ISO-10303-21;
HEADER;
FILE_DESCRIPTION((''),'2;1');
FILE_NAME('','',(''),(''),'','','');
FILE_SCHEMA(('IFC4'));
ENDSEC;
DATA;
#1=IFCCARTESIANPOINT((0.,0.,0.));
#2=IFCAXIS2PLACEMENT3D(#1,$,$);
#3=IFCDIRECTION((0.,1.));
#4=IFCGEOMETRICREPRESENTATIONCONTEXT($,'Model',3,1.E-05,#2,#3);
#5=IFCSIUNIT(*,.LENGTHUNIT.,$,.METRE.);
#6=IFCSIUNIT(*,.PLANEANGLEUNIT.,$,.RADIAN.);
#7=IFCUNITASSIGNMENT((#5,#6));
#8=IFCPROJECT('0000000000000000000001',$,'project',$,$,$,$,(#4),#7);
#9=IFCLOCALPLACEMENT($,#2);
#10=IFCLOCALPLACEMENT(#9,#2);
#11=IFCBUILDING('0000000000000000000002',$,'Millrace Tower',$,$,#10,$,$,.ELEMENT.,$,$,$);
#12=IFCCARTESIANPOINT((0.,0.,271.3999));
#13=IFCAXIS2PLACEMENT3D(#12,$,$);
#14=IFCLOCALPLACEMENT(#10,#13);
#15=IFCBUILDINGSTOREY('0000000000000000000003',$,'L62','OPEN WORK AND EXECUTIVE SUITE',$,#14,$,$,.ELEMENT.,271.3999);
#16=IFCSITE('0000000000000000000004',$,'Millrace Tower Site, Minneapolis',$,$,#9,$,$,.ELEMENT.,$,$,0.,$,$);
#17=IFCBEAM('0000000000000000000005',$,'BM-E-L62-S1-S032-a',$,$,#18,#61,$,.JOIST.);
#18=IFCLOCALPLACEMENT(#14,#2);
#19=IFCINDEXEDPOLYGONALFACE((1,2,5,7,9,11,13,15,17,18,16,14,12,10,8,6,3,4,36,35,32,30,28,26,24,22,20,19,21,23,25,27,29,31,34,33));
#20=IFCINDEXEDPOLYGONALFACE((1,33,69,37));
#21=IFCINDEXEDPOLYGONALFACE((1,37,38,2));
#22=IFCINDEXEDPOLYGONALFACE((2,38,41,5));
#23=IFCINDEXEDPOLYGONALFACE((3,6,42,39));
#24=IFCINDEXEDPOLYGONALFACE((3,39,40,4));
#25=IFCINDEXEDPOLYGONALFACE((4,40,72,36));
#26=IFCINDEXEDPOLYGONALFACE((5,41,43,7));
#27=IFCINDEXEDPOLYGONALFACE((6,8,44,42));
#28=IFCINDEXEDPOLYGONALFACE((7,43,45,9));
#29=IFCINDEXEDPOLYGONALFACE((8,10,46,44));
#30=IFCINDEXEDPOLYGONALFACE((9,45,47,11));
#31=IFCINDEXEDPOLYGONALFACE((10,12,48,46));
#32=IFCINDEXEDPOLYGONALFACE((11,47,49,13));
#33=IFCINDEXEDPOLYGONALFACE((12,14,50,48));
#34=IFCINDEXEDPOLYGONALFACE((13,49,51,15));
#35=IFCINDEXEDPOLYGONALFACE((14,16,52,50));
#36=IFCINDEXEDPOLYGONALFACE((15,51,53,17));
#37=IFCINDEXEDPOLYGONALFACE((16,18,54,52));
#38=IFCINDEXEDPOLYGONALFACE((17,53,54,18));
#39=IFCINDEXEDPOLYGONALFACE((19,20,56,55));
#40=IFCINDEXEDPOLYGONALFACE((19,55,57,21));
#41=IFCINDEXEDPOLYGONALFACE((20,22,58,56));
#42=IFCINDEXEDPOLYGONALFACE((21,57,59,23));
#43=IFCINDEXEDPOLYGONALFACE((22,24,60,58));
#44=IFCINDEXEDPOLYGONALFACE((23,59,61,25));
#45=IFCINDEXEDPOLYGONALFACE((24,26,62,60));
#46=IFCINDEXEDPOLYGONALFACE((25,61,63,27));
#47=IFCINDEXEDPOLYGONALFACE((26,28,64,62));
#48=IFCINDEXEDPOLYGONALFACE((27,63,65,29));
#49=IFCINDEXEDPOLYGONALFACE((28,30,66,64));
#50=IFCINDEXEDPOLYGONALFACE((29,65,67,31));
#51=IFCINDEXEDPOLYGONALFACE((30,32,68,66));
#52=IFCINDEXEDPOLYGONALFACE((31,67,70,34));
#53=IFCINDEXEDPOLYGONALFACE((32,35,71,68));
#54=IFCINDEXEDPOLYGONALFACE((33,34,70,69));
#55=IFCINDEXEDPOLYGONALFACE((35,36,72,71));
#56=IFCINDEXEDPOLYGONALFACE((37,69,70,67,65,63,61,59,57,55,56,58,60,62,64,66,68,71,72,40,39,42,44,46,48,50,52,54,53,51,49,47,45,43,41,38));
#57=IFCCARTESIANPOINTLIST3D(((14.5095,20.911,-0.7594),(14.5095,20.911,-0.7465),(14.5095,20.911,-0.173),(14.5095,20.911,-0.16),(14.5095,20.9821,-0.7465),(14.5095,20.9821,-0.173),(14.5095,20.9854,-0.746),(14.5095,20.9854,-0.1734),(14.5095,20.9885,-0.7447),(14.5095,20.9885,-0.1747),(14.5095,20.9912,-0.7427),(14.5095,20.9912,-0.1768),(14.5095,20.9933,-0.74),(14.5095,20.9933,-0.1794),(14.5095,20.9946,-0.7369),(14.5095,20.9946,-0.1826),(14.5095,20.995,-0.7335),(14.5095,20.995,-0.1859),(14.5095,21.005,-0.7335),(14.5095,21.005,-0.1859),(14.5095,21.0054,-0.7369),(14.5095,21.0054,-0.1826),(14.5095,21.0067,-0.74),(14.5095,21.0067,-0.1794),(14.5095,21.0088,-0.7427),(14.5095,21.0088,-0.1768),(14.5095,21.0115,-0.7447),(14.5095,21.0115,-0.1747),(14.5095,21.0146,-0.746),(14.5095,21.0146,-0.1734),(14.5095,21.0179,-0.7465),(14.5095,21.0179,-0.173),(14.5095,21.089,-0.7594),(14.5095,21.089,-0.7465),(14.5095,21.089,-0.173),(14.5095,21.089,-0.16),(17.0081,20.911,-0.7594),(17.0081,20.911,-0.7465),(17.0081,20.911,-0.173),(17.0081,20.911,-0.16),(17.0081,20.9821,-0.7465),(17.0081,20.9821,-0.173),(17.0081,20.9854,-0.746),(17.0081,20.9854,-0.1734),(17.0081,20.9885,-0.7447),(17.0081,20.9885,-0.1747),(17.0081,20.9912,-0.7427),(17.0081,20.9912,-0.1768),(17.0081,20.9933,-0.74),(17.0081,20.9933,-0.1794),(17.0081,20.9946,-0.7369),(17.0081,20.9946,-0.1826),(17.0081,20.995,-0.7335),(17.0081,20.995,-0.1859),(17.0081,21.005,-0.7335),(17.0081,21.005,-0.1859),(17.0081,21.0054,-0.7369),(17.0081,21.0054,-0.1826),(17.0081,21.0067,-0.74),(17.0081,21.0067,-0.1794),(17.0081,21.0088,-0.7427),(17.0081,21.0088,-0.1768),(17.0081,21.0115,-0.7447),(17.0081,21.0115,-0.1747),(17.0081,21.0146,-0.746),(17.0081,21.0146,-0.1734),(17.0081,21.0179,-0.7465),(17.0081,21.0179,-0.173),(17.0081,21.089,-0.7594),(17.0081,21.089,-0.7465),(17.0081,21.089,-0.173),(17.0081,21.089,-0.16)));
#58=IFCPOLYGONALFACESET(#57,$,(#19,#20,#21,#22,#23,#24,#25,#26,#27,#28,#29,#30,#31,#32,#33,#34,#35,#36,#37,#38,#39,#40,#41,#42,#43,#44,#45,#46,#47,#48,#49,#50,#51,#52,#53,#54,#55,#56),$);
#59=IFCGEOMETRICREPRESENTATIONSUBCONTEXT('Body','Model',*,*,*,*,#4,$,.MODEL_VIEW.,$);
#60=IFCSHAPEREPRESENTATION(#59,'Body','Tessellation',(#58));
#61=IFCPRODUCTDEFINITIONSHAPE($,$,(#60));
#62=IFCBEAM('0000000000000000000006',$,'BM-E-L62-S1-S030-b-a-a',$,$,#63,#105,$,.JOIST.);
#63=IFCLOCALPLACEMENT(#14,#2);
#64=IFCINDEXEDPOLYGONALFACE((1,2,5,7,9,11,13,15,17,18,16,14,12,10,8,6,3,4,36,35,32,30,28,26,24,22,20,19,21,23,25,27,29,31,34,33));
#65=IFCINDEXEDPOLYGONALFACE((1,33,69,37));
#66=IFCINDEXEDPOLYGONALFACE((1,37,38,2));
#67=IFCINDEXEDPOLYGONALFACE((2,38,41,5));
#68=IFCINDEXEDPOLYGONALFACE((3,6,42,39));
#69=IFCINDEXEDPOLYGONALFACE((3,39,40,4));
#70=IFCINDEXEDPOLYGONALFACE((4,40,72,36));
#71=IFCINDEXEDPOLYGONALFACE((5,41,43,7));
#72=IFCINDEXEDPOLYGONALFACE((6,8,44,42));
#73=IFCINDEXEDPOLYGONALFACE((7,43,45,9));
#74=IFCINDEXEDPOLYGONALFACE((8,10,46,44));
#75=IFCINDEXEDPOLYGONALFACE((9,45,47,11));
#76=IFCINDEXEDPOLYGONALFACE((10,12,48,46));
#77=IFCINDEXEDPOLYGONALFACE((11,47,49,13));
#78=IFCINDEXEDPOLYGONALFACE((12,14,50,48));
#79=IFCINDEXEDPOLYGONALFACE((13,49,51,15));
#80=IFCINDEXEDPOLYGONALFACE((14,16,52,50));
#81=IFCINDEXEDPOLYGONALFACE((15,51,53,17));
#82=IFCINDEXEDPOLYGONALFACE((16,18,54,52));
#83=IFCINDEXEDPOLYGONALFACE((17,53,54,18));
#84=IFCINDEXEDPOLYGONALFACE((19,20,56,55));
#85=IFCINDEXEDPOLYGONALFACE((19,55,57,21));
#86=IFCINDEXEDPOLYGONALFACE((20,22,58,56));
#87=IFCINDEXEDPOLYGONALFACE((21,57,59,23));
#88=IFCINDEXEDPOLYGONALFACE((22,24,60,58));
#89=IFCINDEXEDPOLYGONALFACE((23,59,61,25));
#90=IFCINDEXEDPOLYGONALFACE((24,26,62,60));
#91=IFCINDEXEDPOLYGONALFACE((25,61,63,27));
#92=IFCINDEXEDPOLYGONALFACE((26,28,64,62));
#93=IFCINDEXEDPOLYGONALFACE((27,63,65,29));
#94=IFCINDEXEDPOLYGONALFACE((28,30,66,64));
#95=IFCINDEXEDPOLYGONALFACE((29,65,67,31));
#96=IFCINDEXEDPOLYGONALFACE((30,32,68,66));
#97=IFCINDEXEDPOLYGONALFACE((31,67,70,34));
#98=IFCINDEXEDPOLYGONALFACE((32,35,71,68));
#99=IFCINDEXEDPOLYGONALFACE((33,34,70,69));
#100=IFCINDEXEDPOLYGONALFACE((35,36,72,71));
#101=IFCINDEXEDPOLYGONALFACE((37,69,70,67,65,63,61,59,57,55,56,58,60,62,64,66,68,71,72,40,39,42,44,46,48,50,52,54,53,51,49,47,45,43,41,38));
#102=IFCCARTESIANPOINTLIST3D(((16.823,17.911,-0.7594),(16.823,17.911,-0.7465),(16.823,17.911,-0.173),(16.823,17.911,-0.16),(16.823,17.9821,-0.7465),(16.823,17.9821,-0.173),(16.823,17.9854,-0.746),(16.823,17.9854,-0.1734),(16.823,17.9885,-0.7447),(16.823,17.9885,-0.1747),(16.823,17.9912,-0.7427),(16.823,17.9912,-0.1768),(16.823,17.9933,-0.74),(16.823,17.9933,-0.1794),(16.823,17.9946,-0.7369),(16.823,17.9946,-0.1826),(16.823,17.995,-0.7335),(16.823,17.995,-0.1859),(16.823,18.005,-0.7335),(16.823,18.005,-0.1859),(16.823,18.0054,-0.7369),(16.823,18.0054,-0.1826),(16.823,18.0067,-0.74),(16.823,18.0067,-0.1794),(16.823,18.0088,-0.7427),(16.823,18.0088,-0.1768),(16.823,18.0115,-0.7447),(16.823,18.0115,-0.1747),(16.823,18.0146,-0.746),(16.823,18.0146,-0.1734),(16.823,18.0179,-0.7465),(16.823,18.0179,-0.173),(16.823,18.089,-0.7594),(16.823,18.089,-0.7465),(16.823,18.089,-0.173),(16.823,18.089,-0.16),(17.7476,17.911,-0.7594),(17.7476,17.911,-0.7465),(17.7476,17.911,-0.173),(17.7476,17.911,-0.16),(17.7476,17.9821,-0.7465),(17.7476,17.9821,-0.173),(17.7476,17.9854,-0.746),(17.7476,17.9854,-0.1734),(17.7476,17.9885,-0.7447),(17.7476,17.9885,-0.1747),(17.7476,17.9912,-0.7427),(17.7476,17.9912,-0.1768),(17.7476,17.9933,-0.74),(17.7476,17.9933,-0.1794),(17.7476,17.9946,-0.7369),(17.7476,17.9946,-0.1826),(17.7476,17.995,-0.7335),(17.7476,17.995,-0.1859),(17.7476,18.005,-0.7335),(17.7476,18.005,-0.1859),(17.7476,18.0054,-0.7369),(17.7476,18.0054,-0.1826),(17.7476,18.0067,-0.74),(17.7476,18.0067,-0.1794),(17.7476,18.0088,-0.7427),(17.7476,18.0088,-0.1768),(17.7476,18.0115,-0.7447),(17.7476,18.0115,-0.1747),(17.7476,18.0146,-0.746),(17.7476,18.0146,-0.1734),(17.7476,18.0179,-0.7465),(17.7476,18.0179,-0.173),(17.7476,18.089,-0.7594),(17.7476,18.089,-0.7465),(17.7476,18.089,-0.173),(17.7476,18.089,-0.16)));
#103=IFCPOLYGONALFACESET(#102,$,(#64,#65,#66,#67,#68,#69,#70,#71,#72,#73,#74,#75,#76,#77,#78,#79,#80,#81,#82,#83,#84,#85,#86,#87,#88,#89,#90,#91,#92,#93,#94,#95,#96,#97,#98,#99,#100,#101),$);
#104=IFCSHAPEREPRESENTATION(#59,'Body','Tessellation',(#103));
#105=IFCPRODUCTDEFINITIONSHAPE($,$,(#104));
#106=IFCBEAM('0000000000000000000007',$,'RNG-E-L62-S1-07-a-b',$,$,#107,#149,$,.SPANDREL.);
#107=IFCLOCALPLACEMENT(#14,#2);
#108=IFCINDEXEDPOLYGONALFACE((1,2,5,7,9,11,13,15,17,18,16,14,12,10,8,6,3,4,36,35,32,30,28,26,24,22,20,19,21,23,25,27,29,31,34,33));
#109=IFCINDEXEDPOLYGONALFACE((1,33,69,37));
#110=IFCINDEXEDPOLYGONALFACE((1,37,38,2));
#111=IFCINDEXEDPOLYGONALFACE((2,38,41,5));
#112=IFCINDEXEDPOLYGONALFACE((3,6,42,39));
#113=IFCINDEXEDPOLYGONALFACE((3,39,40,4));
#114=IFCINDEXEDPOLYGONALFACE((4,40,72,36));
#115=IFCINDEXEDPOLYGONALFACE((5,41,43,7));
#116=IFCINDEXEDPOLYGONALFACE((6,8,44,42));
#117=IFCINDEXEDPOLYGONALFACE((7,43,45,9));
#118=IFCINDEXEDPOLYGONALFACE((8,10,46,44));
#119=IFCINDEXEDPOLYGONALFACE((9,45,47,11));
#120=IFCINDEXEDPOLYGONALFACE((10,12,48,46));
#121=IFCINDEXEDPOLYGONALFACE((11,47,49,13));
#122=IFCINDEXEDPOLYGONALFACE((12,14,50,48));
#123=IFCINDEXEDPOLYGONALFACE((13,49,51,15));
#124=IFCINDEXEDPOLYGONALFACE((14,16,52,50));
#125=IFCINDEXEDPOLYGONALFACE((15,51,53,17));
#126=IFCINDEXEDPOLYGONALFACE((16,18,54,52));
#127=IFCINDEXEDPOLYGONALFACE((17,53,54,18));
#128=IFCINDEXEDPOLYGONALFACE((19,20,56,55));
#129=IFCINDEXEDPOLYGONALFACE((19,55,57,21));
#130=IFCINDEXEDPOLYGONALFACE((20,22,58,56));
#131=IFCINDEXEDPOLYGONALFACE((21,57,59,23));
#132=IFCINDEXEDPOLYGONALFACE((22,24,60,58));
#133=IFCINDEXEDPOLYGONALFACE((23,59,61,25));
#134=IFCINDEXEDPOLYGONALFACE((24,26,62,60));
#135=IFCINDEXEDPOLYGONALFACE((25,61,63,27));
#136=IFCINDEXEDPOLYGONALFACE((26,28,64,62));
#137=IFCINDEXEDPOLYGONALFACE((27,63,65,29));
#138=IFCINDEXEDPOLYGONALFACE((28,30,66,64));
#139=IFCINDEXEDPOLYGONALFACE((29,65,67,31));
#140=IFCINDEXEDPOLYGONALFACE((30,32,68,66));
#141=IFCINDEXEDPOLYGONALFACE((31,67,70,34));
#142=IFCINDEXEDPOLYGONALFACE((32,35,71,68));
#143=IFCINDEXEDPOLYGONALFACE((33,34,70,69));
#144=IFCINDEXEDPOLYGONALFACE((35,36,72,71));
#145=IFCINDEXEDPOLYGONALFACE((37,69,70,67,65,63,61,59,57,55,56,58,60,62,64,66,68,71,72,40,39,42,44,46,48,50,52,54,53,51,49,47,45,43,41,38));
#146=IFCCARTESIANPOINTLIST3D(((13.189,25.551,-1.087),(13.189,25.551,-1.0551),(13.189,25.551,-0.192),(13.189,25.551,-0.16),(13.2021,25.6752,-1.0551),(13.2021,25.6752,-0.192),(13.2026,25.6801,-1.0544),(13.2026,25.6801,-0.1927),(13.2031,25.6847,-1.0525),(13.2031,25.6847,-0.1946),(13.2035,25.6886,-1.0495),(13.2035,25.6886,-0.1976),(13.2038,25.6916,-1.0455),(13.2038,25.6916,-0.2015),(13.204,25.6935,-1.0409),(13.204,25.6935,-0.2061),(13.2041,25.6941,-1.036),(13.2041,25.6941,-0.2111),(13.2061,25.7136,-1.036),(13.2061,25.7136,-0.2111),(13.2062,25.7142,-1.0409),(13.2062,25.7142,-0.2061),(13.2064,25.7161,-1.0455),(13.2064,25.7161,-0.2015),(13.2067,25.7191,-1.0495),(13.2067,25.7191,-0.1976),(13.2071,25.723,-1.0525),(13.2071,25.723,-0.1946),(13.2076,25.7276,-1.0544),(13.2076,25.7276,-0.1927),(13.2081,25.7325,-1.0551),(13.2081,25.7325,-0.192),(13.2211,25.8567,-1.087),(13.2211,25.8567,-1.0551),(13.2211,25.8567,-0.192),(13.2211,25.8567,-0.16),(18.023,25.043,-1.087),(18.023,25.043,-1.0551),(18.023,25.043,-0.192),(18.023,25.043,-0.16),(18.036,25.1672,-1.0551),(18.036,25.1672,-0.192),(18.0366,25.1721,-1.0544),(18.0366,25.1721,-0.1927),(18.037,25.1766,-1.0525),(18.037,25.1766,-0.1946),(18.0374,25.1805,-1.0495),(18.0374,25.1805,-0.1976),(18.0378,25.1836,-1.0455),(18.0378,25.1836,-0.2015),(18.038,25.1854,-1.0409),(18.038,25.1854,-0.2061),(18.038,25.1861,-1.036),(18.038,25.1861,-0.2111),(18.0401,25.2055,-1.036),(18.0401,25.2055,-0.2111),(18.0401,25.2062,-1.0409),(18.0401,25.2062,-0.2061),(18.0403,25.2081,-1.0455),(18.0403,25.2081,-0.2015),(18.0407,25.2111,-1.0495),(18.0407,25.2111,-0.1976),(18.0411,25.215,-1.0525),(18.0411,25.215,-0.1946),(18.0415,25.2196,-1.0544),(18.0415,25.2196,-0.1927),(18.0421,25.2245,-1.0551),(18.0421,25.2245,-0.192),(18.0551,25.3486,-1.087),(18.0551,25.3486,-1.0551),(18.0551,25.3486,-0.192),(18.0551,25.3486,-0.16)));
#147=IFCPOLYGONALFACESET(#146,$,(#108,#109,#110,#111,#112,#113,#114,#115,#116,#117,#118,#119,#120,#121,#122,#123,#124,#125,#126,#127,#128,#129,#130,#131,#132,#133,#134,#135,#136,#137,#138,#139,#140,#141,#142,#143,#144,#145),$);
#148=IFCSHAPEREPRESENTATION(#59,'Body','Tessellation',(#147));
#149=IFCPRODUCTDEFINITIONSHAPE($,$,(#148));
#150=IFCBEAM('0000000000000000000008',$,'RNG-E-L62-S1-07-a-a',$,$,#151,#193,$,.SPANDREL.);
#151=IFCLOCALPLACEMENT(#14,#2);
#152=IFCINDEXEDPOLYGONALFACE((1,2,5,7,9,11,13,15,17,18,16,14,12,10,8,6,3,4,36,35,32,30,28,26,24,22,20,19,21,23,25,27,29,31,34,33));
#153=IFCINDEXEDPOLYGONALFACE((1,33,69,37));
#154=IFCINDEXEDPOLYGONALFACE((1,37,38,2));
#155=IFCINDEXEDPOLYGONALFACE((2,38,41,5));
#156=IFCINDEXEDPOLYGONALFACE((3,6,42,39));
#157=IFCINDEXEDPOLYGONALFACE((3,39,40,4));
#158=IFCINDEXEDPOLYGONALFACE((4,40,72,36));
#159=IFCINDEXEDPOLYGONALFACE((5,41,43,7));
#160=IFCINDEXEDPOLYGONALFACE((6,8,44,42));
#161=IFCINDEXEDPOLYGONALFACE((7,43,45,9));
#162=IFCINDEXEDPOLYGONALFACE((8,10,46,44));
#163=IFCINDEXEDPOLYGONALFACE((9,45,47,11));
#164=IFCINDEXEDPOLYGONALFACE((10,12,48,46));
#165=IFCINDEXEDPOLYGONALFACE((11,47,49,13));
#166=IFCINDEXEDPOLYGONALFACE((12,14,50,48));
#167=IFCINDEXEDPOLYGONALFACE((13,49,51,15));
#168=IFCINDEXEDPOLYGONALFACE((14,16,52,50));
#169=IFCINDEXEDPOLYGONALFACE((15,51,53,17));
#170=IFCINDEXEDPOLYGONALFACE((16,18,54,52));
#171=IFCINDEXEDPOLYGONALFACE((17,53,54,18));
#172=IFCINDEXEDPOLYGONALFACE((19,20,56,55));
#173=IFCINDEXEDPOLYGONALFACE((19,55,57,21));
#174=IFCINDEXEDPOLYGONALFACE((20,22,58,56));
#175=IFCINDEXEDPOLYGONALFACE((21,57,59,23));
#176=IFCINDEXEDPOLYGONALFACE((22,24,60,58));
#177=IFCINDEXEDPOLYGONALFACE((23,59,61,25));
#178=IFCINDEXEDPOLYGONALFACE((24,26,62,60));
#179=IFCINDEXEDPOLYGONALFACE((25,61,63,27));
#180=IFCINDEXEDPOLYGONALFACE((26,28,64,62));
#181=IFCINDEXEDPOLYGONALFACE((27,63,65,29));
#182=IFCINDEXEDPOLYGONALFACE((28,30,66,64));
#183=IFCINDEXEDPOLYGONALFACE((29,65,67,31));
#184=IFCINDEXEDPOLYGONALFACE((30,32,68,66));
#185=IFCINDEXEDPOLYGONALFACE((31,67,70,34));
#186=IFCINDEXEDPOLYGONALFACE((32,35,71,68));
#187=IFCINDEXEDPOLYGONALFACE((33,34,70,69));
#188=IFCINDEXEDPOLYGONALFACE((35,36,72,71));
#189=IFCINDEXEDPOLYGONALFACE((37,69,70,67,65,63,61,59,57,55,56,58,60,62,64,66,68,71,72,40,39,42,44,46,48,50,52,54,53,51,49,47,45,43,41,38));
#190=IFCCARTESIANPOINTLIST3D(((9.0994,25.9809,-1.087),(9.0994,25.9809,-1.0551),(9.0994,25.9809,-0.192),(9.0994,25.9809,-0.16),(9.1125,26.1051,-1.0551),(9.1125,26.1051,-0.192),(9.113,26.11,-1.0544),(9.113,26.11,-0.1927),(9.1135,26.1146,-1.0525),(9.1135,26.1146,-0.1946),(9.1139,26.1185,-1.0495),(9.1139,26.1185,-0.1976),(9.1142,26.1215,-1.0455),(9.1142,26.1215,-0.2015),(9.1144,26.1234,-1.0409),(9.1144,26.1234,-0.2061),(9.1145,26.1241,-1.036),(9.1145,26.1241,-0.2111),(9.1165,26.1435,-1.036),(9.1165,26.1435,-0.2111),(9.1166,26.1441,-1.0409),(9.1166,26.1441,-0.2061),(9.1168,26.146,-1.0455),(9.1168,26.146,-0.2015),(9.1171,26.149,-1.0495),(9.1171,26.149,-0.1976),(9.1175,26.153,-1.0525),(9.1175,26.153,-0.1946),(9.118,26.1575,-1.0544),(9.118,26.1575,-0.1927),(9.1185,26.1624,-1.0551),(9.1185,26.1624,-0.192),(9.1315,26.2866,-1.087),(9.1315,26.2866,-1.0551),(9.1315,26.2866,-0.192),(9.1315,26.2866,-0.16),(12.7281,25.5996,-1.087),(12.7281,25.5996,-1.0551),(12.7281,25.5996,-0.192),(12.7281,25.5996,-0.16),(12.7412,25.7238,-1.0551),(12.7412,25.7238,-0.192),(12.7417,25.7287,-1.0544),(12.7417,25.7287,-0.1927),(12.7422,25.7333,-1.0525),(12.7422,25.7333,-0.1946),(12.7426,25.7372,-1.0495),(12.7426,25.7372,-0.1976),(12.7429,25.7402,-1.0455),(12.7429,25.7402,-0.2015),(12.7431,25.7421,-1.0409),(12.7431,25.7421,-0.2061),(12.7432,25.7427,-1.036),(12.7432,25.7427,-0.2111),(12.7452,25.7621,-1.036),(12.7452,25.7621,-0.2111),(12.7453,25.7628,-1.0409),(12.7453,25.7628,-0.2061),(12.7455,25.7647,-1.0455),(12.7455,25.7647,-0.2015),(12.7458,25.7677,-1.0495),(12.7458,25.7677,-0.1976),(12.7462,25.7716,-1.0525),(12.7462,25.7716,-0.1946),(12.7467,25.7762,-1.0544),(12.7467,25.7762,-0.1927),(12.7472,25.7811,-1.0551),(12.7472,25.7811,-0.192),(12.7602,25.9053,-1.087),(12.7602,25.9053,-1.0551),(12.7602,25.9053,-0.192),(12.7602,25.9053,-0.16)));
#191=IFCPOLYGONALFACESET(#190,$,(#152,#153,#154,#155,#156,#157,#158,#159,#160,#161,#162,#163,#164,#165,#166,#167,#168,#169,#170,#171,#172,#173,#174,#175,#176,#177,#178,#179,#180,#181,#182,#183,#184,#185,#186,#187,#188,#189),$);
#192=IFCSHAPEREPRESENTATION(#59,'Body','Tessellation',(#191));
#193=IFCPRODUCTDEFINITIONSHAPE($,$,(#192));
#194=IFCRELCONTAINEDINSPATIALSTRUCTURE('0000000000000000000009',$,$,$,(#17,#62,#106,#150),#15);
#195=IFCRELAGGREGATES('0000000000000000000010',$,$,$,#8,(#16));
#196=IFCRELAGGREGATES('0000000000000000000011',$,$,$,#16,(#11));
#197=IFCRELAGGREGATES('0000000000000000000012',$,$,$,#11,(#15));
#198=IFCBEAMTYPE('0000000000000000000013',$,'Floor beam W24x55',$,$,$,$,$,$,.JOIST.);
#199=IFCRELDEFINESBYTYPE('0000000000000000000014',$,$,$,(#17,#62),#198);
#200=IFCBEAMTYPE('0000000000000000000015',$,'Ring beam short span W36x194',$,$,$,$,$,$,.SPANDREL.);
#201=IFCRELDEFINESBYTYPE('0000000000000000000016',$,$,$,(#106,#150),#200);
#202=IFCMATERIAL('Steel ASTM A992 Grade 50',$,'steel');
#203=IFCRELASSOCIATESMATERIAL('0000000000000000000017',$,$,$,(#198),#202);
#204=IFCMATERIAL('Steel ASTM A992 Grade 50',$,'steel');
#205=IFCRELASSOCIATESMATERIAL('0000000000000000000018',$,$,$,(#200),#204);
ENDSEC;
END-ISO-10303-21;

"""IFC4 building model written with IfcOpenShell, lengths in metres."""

from ifc_helpers import new_model, si_unit, direction, frame, origin, origin_2d, place, context, subcontext, project, spatial, i_section, extrude, material, material_profile, profile_set, type_object, element, save


model = new_model("IFC4")

# Units and contexts
model_context = context("Model", 3, precision=1e-05, world=origin(), true_north=direction((0.0, 1.0)))
body_context = subcontext(model_context, "Body", "Model", "MODEL_VIEW")
ifc_project = project(units=[si_unit("LENGTHUNIT", "METRE"), si_unit("PLANEANGLEUNIT", "RADIAN")], contexts=[model_context])

# Site, building, storey
site_placement = place(None, origin())
site = spatial("IfcSite", under=ifc_project, at=site_placement, Name="Millrace Tower Site, Minneapolis", CompositionType="ELEMENT", RefElevation=0.0)
building_placement = place(site_placement, origin())
building = spatial("IfcBuilding", under=site, at=building_placement, Name="Millrace Tower", CompositionType="ELEMENT")
storey_placement = place(building_placement, frame((0.0, 0.0, 271.3999)))
storey = spatial("IfcBuildingStorey", under=building, at=storey_placement, Name="L62", Description="OPEN WORK AND EXECUTIVE SUITE", CompositionType="ELEMENT", Elevation=271.3999)

# Beams
ifc_material_1 = material(Name="Steel ASTM A992 Grade 50", Category="steel")
ifc_material_profile_1 = material_profile(ifc_material_1, i_section(OverallWidth=0.178, OverallDepth=0.5994, WebThickness=0.01, FlangeThickness=0.0129, FilletRadius=0.0129, at=origin_2d()))
ifc_profile_set_1 = profile_set([ifc_material_profile_1], Name="Steel ASTM A992 Grade 50")
beam_type_1 = type_object("IfcBeamType", Name="Floor beam W24x55", PredefinedType="JOIST", material=ifc_profile_set_1)
beam_1_placement = place(storey_placement, frame((14.5095, 21.0, -0.4597), z_axis=(1.0, 0.0, 0.0), x_axis=(0.0, 1.0, 0.0)))
element("IfcBeam", 1, at=beam_1_placement, inside=storey, type_object=beam_type_1, Name="BM-E-L62-S1-S032-a", PredefinedType="JOIST", context=body_context, shape_type="SweptSolid", body=[
    extrude(i_section(OverallWidth=0.178, OverallDepth=0.5994, WebThickness=0.01, FlangeThickness=0.0129, FilletRadius=0.0129, at=origin_2d()), origin(), (0.0, 0.0, 1.0), 2.4985),
])
beam_2_placement = place(storey_placement, frame((16.823, 18.0, -0.4597), z_axis=(1.0, 0.0, 0.0), x_axis=(0.0, 1.0, 0.0)))
element("IfcBeam", 2, at=beam_2_placement, inside=storey, type_object=beam_type_1, Name="BM-E-L62-S1-S030-b-a-a", PredefinedType="JOIST", context=body_context, shape_type="SweptSolid", body=[
    extrude(i_section(OverallWidth=0.178, OverallDepth=0.5994, WebThickness=0.01, FlangeThickness=0.0129, FilletRadius=0.0129, at=origin_2d()), origin(), (0.0, 0.0, 1.0), 0.9246),
])
ifc_material_2 = material(Name="Steel ASTM A992 Grade 50", Category="steel")
ifc_material_profile_2 = material_profile(ifc_material_2, i_section(OverallWidth=0.3074, OverallDepth=0.927, WebThickness=0.0195, FlangeThickness=0.032, FilletRadius=0.019, at=origin_2d()))
ifc_profile_set_2 = profile_set([ifc_material_profile_2], Name="Steel ASTM A992 Grade 50")
beam_type_2 = type_object("IfcBeamType", Name="Ring beam short span W36x194", PredefinedType="SPANDREL", material=ifc_profile_set_2)
beam_3_placement = place(storey_placement, frame((13.2051, 25.7039, -0.6235), z_axis=(0.994522, -0.104525, 0.0), x_axis=(0.104525, 0.994522, 0.0)))
element("IfcBeam", 3, at=beam_3_placement, inside=storey, type_object=beam_type_2, Name="RNG-E-L62-S1-07-a-b", PredefinedType="SPANDREL", context=body_context, shape_type="SweptSolid", body=[
    extrude(i_section(OverallWidth=0.3074, OverallDepth=0.927, WebThickness=0.0195, FlangeThickness=0.032, FilletRadius=0.019, at=origin_2d()), origin(), (0.0, 0.0, 1.0), 4.8606),
])
beam_4_placement = place(storey_placement, frame((9.1155, 26.1338, -0.6235), z_axis=(0.994523, -0.104518, 0.0), x_axis=(0.104518, 0.994523, 0.0)))
element("IfcBeam", 4, at=beam_4_placement, inside=storey, type_object=beam_type_2, Name="RNG-E-L62-S1-07-a-a", PredefinedType="SPANDREL", context=body_context, shape_type="SweptSolid", body=[
    extrude(i_section(OverallWidth=0.3074, OverallDepth=0.927, WebThickness=0.0195, FlangeThickness=0.032, FilletRadius=0.019, at=origin_2d()), origin(), (0.0, 0.0, 1.0), 3.6487),
])

save(model, "model.ifc")
